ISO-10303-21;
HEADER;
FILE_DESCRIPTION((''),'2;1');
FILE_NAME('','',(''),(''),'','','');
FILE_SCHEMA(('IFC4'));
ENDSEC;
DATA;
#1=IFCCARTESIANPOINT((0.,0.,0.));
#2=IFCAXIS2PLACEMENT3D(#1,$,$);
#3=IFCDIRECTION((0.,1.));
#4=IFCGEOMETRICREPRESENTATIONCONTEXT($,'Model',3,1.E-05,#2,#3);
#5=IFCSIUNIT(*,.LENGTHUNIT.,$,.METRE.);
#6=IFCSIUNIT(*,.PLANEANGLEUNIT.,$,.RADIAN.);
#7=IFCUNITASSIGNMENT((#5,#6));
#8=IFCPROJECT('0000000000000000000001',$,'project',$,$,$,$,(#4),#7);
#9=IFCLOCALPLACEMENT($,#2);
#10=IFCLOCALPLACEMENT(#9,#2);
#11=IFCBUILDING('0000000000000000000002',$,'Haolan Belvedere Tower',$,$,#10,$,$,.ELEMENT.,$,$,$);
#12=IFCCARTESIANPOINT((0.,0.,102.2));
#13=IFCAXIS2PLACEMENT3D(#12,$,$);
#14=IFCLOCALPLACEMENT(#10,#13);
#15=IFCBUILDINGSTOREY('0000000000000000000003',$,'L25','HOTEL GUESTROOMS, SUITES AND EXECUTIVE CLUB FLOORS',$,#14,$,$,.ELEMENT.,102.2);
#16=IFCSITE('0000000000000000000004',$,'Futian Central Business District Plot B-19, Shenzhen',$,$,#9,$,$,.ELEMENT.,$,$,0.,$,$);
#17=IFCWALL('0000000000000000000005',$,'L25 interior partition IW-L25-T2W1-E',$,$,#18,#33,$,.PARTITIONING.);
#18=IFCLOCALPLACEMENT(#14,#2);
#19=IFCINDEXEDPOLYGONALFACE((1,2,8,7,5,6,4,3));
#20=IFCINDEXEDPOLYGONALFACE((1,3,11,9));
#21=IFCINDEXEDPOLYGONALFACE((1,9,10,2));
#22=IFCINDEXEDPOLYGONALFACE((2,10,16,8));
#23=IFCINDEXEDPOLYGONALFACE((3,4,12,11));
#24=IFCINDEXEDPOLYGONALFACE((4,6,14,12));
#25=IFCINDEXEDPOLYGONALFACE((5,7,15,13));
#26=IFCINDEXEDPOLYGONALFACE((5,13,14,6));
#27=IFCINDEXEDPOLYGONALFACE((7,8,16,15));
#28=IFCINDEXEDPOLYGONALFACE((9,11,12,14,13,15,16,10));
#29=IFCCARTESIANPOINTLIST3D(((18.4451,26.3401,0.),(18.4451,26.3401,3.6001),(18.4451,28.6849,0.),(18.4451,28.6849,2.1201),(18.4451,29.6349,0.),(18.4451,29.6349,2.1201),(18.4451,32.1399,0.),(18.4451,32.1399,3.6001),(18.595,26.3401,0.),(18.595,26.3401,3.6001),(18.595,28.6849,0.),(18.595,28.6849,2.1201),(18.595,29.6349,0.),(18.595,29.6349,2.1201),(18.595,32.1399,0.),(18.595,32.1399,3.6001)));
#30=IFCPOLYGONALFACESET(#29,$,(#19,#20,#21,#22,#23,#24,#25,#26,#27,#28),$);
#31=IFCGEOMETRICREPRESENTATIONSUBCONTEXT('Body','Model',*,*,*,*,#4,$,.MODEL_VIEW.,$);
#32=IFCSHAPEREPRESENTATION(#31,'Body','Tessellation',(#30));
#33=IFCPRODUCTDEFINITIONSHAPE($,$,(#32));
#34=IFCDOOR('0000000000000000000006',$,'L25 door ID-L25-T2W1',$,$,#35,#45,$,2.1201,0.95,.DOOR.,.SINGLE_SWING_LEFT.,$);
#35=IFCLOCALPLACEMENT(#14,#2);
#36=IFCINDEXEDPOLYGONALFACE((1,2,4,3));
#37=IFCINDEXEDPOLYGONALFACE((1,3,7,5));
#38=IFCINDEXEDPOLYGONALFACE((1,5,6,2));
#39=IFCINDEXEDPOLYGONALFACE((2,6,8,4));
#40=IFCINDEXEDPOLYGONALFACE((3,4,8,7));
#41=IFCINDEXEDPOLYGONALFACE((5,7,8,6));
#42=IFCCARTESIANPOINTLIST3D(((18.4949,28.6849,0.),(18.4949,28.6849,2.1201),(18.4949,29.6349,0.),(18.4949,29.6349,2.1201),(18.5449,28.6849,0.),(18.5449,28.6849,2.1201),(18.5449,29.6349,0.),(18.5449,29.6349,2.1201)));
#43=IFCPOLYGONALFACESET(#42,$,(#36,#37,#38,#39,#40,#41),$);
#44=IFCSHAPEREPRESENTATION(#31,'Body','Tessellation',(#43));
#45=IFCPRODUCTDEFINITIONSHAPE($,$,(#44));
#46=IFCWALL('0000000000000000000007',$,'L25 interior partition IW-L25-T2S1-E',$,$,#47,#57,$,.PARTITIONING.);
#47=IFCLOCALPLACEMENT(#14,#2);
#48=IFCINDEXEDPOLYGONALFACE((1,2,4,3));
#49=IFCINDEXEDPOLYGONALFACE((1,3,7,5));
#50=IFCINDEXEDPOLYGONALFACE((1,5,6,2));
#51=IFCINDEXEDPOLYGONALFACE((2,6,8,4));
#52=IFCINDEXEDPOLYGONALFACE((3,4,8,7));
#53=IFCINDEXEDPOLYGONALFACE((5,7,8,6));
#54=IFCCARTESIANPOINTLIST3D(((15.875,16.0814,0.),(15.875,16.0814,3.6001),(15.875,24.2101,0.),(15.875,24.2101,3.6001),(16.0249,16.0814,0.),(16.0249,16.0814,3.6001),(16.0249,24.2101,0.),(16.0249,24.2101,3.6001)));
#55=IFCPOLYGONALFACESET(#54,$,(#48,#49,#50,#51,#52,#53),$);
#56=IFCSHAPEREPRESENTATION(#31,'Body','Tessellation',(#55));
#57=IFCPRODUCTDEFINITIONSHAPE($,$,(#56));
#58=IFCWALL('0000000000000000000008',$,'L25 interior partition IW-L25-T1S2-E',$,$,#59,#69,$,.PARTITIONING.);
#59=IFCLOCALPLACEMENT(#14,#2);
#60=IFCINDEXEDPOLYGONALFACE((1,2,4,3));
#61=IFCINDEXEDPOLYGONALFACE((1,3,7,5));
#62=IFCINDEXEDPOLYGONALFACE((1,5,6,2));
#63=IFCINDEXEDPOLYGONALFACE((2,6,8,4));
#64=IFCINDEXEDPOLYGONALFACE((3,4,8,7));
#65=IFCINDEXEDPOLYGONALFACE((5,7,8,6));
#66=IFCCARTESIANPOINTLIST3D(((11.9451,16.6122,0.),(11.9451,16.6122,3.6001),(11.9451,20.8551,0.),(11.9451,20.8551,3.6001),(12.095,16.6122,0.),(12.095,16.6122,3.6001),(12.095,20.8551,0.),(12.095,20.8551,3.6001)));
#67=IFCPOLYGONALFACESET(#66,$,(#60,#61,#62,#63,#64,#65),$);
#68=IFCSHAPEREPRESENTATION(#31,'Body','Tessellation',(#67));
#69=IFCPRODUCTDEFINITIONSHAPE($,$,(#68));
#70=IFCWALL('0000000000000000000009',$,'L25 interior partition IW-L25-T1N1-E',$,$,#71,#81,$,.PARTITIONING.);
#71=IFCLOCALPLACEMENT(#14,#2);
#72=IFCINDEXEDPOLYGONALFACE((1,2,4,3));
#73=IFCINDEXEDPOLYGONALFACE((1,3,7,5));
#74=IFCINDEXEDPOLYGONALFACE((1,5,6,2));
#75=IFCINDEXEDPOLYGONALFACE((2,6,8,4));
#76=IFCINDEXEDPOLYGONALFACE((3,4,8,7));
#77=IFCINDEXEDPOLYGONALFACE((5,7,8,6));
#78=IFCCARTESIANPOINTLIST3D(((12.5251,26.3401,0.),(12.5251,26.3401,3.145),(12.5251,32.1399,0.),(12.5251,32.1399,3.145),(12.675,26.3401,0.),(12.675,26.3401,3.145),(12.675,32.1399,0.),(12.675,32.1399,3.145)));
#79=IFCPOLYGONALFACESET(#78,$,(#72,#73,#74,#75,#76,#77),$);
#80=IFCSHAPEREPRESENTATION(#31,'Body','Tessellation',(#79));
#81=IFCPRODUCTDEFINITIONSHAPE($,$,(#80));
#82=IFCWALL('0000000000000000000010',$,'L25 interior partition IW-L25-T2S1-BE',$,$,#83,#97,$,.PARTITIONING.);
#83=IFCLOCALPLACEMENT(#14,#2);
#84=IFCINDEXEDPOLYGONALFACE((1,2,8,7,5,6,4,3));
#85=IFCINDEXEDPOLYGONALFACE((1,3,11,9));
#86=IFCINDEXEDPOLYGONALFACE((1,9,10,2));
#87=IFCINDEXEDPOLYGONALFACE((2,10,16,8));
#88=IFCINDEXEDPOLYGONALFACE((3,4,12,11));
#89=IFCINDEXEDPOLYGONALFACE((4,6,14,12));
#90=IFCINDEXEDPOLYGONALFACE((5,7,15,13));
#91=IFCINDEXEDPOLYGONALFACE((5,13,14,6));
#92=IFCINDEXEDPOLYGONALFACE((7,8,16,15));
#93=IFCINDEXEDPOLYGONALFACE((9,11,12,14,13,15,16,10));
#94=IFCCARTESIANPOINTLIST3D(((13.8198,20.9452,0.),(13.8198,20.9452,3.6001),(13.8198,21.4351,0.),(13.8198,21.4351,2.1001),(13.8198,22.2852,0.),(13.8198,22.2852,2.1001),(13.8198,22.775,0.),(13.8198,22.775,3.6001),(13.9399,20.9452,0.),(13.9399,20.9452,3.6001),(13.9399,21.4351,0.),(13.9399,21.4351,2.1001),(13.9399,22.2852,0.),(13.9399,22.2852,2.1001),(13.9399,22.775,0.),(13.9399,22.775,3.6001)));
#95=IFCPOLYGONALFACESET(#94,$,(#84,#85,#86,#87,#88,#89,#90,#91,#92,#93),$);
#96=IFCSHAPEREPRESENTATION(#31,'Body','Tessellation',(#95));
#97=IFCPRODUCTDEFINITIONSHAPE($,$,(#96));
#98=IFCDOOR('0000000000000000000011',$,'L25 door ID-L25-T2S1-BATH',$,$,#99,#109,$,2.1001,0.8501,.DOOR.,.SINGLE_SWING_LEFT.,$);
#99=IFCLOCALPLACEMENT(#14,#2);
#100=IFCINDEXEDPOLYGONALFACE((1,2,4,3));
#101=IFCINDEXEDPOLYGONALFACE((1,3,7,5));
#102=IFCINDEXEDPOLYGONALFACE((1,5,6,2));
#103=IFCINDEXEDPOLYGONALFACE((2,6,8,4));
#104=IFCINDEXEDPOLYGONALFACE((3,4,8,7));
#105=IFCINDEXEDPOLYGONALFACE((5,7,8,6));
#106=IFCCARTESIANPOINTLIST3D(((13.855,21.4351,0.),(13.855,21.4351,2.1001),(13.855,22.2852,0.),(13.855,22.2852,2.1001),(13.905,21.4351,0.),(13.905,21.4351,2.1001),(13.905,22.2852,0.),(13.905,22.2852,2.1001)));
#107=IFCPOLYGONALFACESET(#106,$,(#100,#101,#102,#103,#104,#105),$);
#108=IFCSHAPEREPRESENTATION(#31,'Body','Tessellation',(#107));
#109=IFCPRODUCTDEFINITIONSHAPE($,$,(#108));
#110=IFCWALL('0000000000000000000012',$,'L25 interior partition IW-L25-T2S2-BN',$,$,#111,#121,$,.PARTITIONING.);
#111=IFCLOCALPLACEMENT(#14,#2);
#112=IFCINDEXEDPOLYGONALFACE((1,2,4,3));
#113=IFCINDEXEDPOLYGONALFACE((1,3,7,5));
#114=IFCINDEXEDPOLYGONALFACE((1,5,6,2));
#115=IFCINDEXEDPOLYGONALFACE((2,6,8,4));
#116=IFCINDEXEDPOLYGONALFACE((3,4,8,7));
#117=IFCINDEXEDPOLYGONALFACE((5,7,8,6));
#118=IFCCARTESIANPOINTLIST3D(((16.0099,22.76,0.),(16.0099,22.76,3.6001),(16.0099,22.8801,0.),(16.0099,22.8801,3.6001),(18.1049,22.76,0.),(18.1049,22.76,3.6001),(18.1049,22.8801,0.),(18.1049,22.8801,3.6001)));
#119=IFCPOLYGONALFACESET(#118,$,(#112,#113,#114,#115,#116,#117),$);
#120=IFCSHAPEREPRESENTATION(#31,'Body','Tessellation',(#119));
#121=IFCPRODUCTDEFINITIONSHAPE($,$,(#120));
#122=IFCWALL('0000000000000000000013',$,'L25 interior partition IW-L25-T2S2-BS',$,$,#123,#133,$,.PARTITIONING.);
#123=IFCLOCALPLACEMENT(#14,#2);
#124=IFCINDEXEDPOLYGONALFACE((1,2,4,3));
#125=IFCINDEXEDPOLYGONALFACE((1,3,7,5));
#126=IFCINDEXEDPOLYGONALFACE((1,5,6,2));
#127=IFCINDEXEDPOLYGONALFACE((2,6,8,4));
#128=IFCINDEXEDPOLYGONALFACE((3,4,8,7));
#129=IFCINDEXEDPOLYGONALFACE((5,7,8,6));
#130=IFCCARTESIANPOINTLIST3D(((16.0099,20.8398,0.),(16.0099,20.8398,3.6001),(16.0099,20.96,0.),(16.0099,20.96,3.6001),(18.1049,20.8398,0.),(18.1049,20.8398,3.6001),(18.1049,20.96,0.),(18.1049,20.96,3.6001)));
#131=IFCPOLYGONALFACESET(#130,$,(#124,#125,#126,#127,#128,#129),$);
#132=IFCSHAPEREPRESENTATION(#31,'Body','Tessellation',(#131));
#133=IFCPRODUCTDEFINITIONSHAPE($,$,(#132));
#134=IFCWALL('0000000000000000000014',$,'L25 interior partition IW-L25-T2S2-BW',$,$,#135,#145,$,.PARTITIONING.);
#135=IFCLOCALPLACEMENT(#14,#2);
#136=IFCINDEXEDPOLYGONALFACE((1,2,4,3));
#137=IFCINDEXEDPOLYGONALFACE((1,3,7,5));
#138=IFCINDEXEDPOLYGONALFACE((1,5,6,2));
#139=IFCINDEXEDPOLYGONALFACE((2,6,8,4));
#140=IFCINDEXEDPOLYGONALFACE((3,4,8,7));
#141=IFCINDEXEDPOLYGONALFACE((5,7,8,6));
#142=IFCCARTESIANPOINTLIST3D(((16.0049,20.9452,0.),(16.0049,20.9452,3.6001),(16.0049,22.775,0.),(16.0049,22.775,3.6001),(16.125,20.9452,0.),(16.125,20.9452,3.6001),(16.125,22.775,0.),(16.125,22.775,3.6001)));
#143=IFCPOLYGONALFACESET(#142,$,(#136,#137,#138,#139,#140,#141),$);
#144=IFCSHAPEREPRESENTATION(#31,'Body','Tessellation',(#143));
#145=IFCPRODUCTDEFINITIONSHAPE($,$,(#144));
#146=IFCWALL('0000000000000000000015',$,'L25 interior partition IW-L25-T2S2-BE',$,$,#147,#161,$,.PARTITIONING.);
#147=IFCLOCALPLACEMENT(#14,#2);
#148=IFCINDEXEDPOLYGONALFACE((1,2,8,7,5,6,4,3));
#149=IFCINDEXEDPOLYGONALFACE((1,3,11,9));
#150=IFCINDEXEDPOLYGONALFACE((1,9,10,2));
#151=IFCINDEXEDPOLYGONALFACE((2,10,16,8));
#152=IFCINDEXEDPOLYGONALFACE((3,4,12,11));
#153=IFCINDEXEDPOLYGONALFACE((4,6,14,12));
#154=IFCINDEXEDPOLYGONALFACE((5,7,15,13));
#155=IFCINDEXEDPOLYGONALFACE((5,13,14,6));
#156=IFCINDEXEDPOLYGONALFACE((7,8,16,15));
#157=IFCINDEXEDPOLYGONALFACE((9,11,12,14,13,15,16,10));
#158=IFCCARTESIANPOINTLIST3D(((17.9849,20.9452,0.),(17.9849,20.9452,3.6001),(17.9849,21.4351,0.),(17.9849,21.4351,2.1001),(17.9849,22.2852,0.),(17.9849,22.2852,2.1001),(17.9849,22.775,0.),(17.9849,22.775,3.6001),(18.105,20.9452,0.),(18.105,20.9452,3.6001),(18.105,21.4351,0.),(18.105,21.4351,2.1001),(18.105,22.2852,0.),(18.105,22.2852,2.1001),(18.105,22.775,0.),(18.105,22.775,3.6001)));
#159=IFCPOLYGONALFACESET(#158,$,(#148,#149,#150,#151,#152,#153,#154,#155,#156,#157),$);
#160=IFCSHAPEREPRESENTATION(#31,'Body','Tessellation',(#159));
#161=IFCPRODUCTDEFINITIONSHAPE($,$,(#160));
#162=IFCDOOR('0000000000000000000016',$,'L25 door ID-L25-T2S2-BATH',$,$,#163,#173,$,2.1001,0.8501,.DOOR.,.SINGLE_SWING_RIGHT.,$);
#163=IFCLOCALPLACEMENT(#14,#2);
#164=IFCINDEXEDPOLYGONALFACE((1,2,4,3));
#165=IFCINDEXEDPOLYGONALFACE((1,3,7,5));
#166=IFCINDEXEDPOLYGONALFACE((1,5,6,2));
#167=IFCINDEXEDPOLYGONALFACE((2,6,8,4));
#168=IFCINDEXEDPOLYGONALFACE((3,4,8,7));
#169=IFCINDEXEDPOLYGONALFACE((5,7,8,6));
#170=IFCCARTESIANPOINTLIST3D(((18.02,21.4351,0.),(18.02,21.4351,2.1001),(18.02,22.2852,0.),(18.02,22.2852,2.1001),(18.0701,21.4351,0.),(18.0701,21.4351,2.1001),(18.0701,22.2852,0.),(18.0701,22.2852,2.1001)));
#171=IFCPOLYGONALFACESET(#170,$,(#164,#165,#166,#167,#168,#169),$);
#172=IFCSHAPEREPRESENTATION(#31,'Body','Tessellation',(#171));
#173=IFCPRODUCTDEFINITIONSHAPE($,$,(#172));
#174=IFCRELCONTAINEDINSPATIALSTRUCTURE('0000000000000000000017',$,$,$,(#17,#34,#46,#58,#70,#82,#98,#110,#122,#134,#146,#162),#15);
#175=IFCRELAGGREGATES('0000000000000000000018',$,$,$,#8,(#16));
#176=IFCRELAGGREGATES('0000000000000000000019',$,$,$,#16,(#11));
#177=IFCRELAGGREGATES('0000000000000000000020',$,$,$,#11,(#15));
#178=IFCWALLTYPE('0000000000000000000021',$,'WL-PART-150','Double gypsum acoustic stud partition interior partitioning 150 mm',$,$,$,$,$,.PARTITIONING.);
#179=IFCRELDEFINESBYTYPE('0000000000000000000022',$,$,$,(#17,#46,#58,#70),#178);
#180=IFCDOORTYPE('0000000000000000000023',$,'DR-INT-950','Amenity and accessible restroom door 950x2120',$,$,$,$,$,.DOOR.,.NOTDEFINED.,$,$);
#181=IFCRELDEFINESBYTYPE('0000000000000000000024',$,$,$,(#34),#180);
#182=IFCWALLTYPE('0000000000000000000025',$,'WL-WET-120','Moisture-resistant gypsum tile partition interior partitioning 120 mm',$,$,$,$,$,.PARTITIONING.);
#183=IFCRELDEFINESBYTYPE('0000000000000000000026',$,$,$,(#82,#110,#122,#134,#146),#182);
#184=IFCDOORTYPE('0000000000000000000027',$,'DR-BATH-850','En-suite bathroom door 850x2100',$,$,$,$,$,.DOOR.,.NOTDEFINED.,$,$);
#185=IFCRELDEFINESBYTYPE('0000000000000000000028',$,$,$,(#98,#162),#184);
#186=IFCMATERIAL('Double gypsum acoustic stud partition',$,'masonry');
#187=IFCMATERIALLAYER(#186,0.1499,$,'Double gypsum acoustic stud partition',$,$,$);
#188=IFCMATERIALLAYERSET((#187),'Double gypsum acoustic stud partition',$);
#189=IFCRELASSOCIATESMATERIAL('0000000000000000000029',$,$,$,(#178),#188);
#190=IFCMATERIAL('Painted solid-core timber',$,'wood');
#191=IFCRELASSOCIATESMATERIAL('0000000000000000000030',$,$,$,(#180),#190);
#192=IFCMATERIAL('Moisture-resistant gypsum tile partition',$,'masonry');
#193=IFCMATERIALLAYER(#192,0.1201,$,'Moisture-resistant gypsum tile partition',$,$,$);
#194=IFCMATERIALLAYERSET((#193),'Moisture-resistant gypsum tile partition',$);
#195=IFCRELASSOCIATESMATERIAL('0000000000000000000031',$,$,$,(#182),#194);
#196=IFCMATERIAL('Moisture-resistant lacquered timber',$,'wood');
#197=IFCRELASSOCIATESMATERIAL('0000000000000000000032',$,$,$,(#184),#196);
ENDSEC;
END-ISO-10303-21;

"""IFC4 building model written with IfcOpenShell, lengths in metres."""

from ifc_helpers import new_model, si_unit, direction, frame, frame_2d, origin, place, context, subcontext, project, spatial, rectangle, extrude, material, layer, layer_set, type_object, element, fill, save


model = new_model("IFC4")

# Units and contexts
model_context = context("Model", 3, precision=1e-05, world=origin(), true_north=direction((0.0, 1.0)))
body_context = subcontext(model_context, "Body", "Model", "MODEL_VIEW")
ifc_project = project(units=[si_unit("LENGTHUNIT", "METRE"), si_unit("PLANEANGLEUNIT", "RADIAN")], contexts=[model_context])

# Site, building, storey
site_placement = place(None, origin())
site = spatial("IfcSite", under=ifc_project, at=site_placement, Name="Futian Central Business District Plot B-19, Shenzhen", CompositionType="ELEMENT", RefElevation=0.0)
building_placement = place(site_placement, origin())
building = spatial("IfcBuilding", under=site, at=building_placement, Name="Haolan Belvedere Tower", CompositionType="ELEMENT")
storey_placement = place(building_placement, frame((0.0, 0.0, 102.2)))
storey = spatial("IfcBuildingStorey", under=building, at=storey_placement, Name="L25", Description="HOTEL GUESTROOMS, SUITES AND EXECUTIVE CLUB FLOORS", CompositionType="ELEMENT", Elevation=102.2)

# Wall, opening, door
ifc_material_1 = material(Name="Double gypsum acoustic stud partition", Category="masonry")
ifc_layer_1 = layer(ifc_material_1, 0.1499, Name="Double gypsum acoustic stud partition")
ifc_layer_set_1 = layer_set([ifc_layer_1], Name="Double gypsum acoustic stud partition")
wall_type_1 = type_object("IfcWallType", Name="WL-PART-150", Description="Double gypsum acoustic stud partition interior partitioning 150 mm", PredefinedType="PARTITIONING", material=ifc_layer_set_1)
wall_1_placement = place(storey_placement, frame((18.52, 26.3401, 0.0), z_axis=(0.0, 0.0, 1.0), x_axis=(0.0, 1.0, 0.0)))
wall_1 = element("IfcWall", 1, at=wall_1_placement, inside=storey, type_object=wall_type_1, Name="L25 interior partition IW-L25-T2W1-E", PredefinedType="PARTITIONING", context=body_context, shape_type="SweptSolid", body=[
    extrude(rectangle(XDim=5.7998, YDim=0.1499, at=frame_2d((2.8999, 0.0))), origin(), (0.0, 0.0, 1.0), 3.6001),
])
opening_1_placement = place(wall_1_placement, frame((3.2949, 0.0, 0.0), z_axis=(0.0, 0.0, 1.0), x_axis=(-1.0, 0.0, 0.0)))
opening_1 = element("IfcOpeningElement", 2, at=opening_1_placement, cuts=wall_1, PredefinedType="OPENING", context=body_context, shape_type="SweptSolid", body=[
    extrude(rectangle(XDim=0.95, YDim=2.1201, at=frame_2d((0.4751, 1.0601))), frame((0.0, 0.085, 0.0), z_axis=(0.0, -1.0, 0.0), x_axis=(1.0, 0.0, 0.0)), (0.0, 0.0, 1.0), 0.1699),
])
ifc_material_2 = material(Name="Painted solid-core timber", Category="wood")
door_type_1 = type_object("IfcDoorType", Name="DR-INT-950", Description="Amenity and accessible restroom door 950x2120", OperationType="NOTDEFINED", PredefinedType="DOOR", material=ifc_material_2)
door_1_placement = place(opening_1_placement, origin())
door_1 = element("IfcDoor", 3, at=door_1_placement, inside=storey, type_object=door_type_1, Name="L25 door ID-L25-T2W1", OperationType="SINGLE_SWING_LEFT", OverallHeight=2.1201, OverallWidth=0.95, PredefinedType="DOOR", context=body_context, shape_type="SweptSolid", body=[
    extrude(rectangle(XDim=0.95, YDim=2.1201, at=frame_2d((0.4751, 1.0601))), frame((0.0, 0.0249, 0.0), z_axis=(0.0, -1.0, 0.0), x_axis=(1.0, 0.0, 0.0)), (0.0, 0.0, 1.0), 0.05),
])
fill(opening_1, door_1)

# Wall
wall_2_placement = place(storey_placement, frame((15.95, 16.0813, 0.0), z_axis=(0.0, 0.0, 1.0), x_axis=(0.0, 1.0, 0.0)))
element("IfcWall", 4, at=wall_2_placement, inside=storey, type_object=wall_type_1, Name="L25 interior partition IW-L25-T2S1-E", PredefinedType="PARTITIONING", context=body_context, shape_type="SweptSolid", body=[
    extrude(rectangle(XDim=8.1287, YDim=0.1499, at=frame_2d((4.0645, 0.0))), origin(), (0.0, 0.0, 1.0), 3.6001),
])

# Walls
wall_3_placement = place(storey_placement, frame((12.02, 16.6121, 0.0), z_axis=(0.0, 0.0, 1.0), x_axis=(0.0, 1.0, 0.0)))
element("IfcWall", 5, at=wall_3_placement, inside=storey, type_object=wall_type_1, Name="L25 interior partition IW-L25-T1S2-E", PredefinedType="PARTITIONING", context=body_context, shape_type="SweptSolid", body=[
    extrude(rectangle(XDim=4.2429, YDim=0.1499, at=frame_2d((2.1216, 0.0))), origin(), (0.0, 0.0, 1.0), 3.6001),
])
wall_4_placement = place(storey_placement, frame((12.6001, 26.3401, 0.0), z_axis=(0.0, 0.0, 1.0), x_axis=(0.0, 1.0, 0.0)))
element("IfcWall", 6, at=wall_4_placement, inside=storey, type_object=wall_type_1, Name="L25 interior partition IW-L25-T1N1-E", PredefinedType="PARTITIONING", context=body_context, shape_type="SweptSolid", body=[
    extrude(rectangle(XDim=5.7998, YDim=0.1499, at=frame_2d((2.8999, 0.0))), origin(), (0.0, 0.0, 1.0), 3.145),
])

# Wall, opening, door
ifc_material_3 = material(Name="Moisture-resistant gypsum tile partition", Category="masonry")
ifc_layer_2 = layer(ifc_material_3, 0.1201, Name="Moisture-resistant gypsum tile partition")
ifc_layer_set_2 = layer_set([ifc_layer_2], Name="Moisture-resistant gypsum tile partition")
wall_type_2 = type_object("IfcWallType", Name="WL-WET-120", Description="Moisture-resistant gypsum tile partition interior partitioning 120 mm", PredefinedType="PARTITIONING", material=ifc_layer_set_2)
wall_5_placement = place(storey_placement, frame((13.8799, 20.9451, 0.0), z_axis=(0.0, 0.0, 1.0), x_axis=(0.0, 1.0, 0.0)))
wall_5 = element("IfcWall", 7, at=wall_5_placement, inside=storey, type_object=wall_type_2, Name="L25 interior partition IW-L25-T2S1-BE", PredefinedType="PARTITIONING", context=body_context, shape_type="SweptSolid", body=[
    extrude(rectangle(XDim=1.8298, YDim=0.1201, at=frame_2d((0.915, 0.0))), origin(), (0.0, 0.0, 1.0), 3.6001),
])
opening_2_placement = place(wall_5_placement, frame((0.49, 0.0, 0.0)))
opening_2 = element("IfcOpeningElement", 8, at=opening_2_placement, cuts=wall_5, PredefinedType="OPENING", context=body_context, shape_type="SweptSolid", body=[
    extrude(rectangle(XDim=0.8501, YDim=2.1001, at=frame_2d((0.425, 1.05))), frame((0.0, 0.0701, 0.0), z_axis=(0.0, -1.0, 0.0), x_axis=(1.0, 0.0, 0.0)), (0.0, 0.0, 1.0), 0.1401),
])
ifc_material_4 = material(Name="Moisture-resistant lacquered timber", Category="wood")
door_type_2 = type_object("IfcDoorType", Name="DR-BATH-850", Description="En-suite bathroom door 850x2100", OperationType="NOTDEFINED", PredefinedType="DOOR", material=ifc_material_4)
door_2_placement = place(opening_2_placement, origin())
door_2 = element("IfcDoor", 9, at=door_2_placement, inside=storey, type_object=door_type_2, Name="L25 door ID-L25-T2S1-BATH", OperationType="SINGLE_SWING_LEFT", OverallHeight=2.1001, OverallWidth=0.8501, PredefinedType="DOOR", context=body_context, shape_type="SweptSolid", body=[
    extrude(rectangle(XDim=0.8501, YDim=2.1001, at=frame_2d((0.425, 1.05))), frame((0.0, 0.0249, 0.0), z_axis=(0.0, -1.0, 0.0), x_axis=(1.0, 0.0, 0.0)), (0.0, 0.0, 1.0), 0.05),
])
fill(opening_2, door_2)

# Walls
for number, where, z_axis, x_axis, name in (
    (10, (16.01, 22.8201, 0.0), (0.0, 0.0, 1.0), (1.0, 0.0, 0.0), "L25 interior partition IW-L25-T2S2-BN"),
    (11, (16.01, 20.8999, 0.0), (0.0, 0.0, 1.0), (1.0, 0.0, 0.0), "L25 interior partition IW-L25-T2S2-BS"),
):
    element("IfcWall", number, at=place(storey_placement, frame(where, z_axis=z_axis, x_axis=x_axis)), inside=storey, type_object=wall_type_2, Name=name, PredefinedType="PARTITIONING", context=body_context, shape_type="SweptSolid", body=[
        extrude(rectangle(XDim=2.095, YDim=0.1201, at=frame_2d((1.0474, 0.0))), origin(), (0.0, 0.0, 1.0), 3.6001),
    ])
wall_6_placement = place(storey_placement, frame((16.0649, 20.9451, 0.0), z_axis=(0.0, 0.0, 1.0), x_axis=(0.0, 1.0, 0.0)))
element("IfcWall", 12, at=wall_6_placement, inside=storey, type_object=wall_type_2, Name="L25 interior partition IW-L25-T2S2-BW", PredefinedType="PARTITIONING", context=body_context, shape_type="SweptSolid", body=[
    extrude(rectangle(XDim=1.8298, YDim=0.1201, at=frame_2d((0.915, 0.0))), origin(), (0.0, 0.0, 1.0), 3.6001),
])

# Wall, opening, door
wall_7_placement = place(storey_placement, frame((18.0449, 20.9451, 0.0), z_axis=(0.0, 0.0, 1.0), x_axis=(0.0, 1.0, 0.0)))
wall_7 = element("IfcWall", 13, at=wall_7_placement, inside=storey, type_object=wall_type_2, Name="L25 interior partition IW-L25-T2S2-BE", PredefinedType="PARTITIONING", context=body_context, shape_type="SweptSolid", body=[
    extrude(rectangle(XDim=1.8298, YDim=0.1201, at=frame_2d((0.915, 0.0))), origin(), (0.0, 0.0, 1.0), 3.6001),
])
opening_3_placement = place(wall_7_placement, frame((0.49, 0.0, 0.0)))
opening_3 = element("IfcOpeningElement", 14, at=opening_3_placement, cuts=wall_7, PredefinedType="OPENING", context=body_context, shape_type="SweptSolid", body=[
    extrude(rectangle(XDim=0.8501, YDim=2.1001, at=frame_2d((0.425, 1.05))), frame((0.0, 0.0701, 0.0), z_axis=(0.0, -1.0, 0.0), x_axis=(1.0, 0.0, 0.0)), (0.0, 0.0, 1.0), 0.1401),
])
door_3_placement = place(opening_3_placement, origin())
door_3 = element("IfcDoor", 15, at=door_3_placement, inside=storey, type_object=door_type_2, Name="L25 door ID-L25-T2S2-BATH", OperationType="SINGLE_SWING_RIGHT", OverallHeight=2.1001, OverallWidth=0.8501, PredefinedType="DOOR", context=body_context, shape_type="SweptSolid", body=[
    extrude(rectangle(XDim=0.8501, YDim=2.1001, at=frame_2d((0.425, 1.05))), frame((0.0, 0.0249, 0.0), z_axis=(0.0, -1.0, 0.0), x_axis=(1.0, 0.0, 0.0)), (0.0, 0.0, 1.0), 0.05),
])
fill(opening_3, door_3)

save(model, "model.ifc")
